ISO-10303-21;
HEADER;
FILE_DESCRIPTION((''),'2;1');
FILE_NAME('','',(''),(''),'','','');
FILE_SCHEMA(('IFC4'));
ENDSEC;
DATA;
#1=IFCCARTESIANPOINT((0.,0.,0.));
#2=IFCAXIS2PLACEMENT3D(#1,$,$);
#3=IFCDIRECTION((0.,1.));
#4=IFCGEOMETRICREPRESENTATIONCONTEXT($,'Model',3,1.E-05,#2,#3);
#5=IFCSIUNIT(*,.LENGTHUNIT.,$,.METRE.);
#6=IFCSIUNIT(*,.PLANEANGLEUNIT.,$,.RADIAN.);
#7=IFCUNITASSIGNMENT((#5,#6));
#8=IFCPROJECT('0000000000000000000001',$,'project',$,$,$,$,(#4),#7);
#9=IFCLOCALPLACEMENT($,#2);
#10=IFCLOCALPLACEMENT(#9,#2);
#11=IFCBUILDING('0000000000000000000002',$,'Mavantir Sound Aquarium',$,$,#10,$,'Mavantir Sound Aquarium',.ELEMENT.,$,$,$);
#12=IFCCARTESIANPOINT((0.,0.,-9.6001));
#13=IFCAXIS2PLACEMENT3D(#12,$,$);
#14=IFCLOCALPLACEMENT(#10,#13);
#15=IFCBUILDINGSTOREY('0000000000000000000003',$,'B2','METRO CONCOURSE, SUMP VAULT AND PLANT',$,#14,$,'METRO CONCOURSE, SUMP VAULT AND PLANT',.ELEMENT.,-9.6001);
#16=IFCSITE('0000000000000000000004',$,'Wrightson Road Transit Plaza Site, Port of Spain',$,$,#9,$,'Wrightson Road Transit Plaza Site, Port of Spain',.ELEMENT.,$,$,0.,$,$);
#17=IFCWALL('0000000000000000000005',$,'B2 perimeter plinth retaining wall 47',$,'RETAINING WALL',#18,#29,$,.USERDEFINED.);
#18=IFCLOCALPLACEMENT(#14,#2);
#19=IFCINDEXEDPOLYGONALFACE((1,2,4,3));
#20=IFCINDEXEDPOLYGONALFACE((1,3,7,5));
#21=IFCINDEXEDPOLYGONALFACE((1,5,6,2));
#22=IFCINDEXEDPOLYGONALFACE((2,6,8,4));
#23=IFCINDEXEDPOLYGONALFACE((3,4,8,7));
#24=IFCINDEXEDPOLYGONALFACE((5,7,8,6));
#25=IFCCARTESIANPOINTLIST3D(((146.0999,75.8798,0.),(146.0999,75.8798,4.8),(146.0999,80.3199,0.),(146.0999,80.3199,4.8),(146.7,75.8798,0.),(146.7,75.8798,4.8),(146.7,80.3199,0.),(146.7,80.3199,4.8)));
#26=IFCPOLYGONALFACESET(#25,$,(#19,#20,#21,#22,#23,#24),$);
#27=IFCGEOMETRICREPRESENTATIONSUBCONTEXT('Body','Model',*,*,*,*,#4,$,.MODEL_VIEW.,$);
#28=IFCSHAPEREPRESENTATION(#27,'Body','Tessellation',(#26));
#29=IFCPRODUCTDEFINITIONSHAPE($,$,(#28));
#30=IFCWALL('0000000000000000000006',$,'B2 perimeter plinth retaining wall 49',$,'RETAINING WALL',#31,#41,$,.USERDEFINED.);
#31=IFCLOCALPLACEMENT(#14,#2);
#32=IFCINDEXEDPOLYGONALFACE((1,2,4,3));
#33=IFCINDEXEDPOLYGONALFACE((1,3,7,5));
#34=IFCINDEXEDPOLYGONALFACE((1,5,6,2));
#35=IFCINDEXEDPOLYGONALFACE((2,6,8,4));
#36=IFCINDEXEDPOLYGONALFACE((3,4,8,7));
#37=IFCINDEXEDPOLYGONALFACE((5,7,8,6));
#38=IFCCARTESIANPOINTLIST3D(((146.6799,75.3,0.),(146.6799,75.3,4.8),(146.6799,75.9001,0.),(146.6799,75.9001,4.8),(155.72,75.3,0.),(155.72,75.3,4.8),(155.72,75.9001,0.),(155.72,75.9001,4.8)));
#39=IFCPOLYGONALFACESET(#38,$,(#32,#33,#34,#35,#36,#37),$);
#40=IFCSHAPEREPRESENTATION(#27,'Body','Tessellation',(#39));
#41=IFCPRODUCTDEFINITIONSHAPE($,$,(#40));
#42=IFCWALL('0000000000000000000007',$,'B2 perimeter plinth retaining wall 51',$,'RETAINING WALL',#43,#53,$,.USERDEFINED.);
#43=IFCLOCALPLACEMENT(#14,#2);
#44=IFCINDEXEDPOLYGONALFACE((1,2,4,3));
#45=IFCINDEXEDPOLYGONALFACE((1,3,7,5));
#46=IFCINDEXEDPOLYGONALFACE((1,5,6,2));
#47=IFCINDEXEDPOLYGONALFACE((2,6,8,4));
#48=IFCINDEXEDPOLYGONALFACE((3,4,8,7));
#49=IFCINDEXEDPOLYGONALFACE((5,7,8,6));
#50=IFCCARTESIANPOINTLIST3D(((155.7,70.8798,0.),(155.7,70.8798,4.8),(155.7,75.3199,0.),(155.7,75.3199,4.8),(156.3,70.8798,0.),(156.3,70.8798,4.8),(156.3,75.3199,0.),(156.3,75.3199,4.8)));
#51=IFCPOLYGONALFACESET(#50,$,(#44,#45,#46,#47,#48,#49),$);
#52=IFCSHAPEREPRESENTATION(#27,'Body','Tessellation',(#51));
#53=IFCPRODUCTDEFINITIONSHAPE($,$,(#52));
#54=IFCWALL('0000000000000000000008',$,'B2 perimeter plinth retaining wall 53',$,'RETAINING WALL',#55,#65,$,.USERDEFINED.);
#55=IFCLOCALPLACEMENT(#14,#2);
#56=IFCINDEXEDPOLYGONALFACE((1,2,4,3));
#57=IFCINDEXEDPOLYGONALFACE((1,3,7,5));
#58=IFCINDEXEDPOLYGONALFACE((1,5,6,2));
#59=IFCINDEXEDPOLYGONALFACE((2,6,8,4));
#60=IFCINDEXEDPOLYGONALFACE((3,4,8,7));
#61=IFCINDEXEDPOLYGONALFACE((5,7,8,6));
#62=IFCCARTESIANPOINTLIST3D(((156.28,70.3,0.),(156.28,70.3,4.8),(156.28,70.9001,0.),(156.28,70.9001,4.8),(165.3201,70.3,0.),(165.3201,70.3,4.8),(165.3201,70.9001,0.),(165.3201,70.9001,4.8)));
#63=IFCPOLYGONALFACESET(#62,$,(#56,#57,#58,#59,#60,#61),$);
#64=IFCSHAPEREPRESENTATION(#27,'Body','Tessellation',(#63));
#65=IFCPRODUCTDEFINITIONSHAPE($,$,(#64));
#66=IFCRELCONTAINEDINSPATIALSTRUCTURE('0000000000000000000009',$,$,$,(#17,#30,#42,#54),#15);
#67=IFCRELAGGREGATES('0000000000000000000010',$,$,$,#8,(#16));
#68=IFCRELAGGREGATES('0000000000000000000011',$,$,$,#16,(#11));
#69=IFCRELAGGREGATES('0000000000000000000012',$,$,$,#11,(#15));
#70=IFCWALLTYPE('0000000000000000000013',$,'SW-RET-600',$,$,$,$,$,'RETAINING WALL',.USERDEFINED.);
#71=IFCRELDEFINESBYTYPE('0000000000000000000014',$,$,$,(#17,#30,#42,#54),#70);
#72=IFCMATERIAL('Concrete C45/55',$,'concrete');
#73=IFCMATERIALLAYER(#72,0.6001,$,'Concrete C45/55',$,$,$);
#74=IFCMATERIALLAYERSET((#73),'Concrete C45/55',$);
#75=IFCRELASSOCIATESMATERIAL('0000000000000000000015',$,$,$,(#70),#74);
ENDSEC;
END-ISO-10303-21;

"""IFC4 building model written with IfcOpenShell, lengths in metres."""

from ifc_helpers import new_model, si_unit, direction, frame, frame_2d, origin, place, context, subcontext, project, spatial, rectangle, extrude, material, layer, layer_set, type_object, element, save


model = new_model("IFC4")

# Units and contexts
model_context = context("Model", 3, precision=1e-05, world=origin(), true_north=direction((0.0, 1.0)))
body_context = subcontext(model_context, "Body", "Model", "MODEL_VIEW")
ifc_project = project(units=[si_unit("LENGTHUNIT", "METRE"), si_unit("PLANEANGLEUNIT", "RADIAN")], contexts=[model_context])

# Site, building, storey
site_placement = place(None, origin())
site = spatial("IfcSite", under=ifc_project, at=site_placement, Name="Wrightson Road Transit Plaza Site, Port of Spain", LongName="Wrightson Road Transit Plaza Site, Port of Spain", CompositionType="ELEMENT", RefElevation=0.0)
building_placement = place(site_placement, origin())
building = spatial("IfcBuilding", under=site, at=building_placement, Name="Mavantir Sound Aquarium", LongName="Mavantir Sound Aquarium", CompositionType="ELEMENT")
storey_placement = place(building_placement, frame((0.0, 0.0, -9.6001)))
storey = spatial("IfcBuildingStorey", under=building, at=storey_placement, Name="B2", Description="METRO CONCOURSE, SUMP VAULT AND PLANT", LongName="METRO CONCOURSE, SUMP VAULT AND PLANT", CompositionType="ELEMENT", Elevation=-9.6001)

# Walls
ifc_material_1 = material(Name="Concrete C45/55", Category="concrete")
ifc_layer = layer(ifc_material_1, 0.6001, Name="Concrete C45/55")
ifc_layer_set = layer_set([ifc_layer], Name="Concrete C45/55")
wall_type = type_object("IfcWallType", Name="SW-RET-600", ElementType="RETAINING WALL", PredefinedType="USERDEFINED", material=ifc_layer_set)
wall_1_placement = place(storey_placement, frame((146.3999, 80.3201, 0.0), z_axis=(0.0, 0.0, 1.0), x_axis=(0.0, -1.0, 0.0)))
element("IfcWall", 1, at=wall_1_placement, inside=storey, type_object=wall_type, Name="B2 perimeter plinth retaining wall 47", ObjectType="RETAINING WALL", PredefinedType="USERDEFINED", context=body_context, shape_type="SweptSolid", body=[
    extrude(rectangle(XDim=4.4402, YDim=0.6001, at=frame_2d((2.2202, 0.0))), origin(), (0.0, 0.0, 1.0), 4.8),
])
wall_2_placement = place(storey_placement, frame((146.6799, 75.6001, 0.0), z_axis=(0.0, 0.0, 1.0), x_axis=(1.0, 0.0, 0.0)))
element("IfcWall", 2, at=wall_2_placement, inside=storey, type_object=wall_type, Name="B2 perimeter plinth retaining wall 49", ObjectType="RETAINING WALL", PredefinedType="USERDEFINED", context=body_context, shape_type="SweptSolid", body=[
    extrude(rectangle(XDim=9.04, YDim=0.6001, at=frame_2d((4.52, 0.0))), origin(), (0.0, 0.0, 1.0), 4.8),
])
wall_3_placement = place(storey_placement, frame((156.0, 75.3201, 0.0), z_axis=(0.0, 0.0, 1.0), x_axis=(0.0, -1.0, 0.0)))
element("IfcWall", 3, at=wall_3_placement, inside=storey, type_object=wall_type, Name="B2 perimeter plinth retaining wall 51", ObjectType="RETAINING WALL", PredefinedType="USERDEFINED", context=body_context, shape_type="SweptSolid", body=[
    extrude(rectangle(XDim=4.4402, YDim=0.6001, at=frame_2d((2.2202, 0.0))), origin(), (0.0, 0.0, 1.0), 4.8),
])
wall_4_placement = place(storey_placement, frame((156.28, 70.6001, 0.0), z_axis=(0.0, 0.0, 1.0), x_axis=(1.0, 0.0, 0.0)))
element("IfcWall", 4, at=wall_4_placement, inside=storey, type_object=wall_type, Name="B2 perimeter plinth retaining wall 53", ObjectType="RETAINING WALL", PredefinedType="USERDEFINED", context=body_context, shape_type="SweptSolid", body=[
    extrude(rectangle(XDim=9.04, YDim=0.6001, at=frame_2d((4.52, 0.0))), origin(), (0.0, 0.0, 1.0), 4.8),
])

save(model, "model.ifc")
